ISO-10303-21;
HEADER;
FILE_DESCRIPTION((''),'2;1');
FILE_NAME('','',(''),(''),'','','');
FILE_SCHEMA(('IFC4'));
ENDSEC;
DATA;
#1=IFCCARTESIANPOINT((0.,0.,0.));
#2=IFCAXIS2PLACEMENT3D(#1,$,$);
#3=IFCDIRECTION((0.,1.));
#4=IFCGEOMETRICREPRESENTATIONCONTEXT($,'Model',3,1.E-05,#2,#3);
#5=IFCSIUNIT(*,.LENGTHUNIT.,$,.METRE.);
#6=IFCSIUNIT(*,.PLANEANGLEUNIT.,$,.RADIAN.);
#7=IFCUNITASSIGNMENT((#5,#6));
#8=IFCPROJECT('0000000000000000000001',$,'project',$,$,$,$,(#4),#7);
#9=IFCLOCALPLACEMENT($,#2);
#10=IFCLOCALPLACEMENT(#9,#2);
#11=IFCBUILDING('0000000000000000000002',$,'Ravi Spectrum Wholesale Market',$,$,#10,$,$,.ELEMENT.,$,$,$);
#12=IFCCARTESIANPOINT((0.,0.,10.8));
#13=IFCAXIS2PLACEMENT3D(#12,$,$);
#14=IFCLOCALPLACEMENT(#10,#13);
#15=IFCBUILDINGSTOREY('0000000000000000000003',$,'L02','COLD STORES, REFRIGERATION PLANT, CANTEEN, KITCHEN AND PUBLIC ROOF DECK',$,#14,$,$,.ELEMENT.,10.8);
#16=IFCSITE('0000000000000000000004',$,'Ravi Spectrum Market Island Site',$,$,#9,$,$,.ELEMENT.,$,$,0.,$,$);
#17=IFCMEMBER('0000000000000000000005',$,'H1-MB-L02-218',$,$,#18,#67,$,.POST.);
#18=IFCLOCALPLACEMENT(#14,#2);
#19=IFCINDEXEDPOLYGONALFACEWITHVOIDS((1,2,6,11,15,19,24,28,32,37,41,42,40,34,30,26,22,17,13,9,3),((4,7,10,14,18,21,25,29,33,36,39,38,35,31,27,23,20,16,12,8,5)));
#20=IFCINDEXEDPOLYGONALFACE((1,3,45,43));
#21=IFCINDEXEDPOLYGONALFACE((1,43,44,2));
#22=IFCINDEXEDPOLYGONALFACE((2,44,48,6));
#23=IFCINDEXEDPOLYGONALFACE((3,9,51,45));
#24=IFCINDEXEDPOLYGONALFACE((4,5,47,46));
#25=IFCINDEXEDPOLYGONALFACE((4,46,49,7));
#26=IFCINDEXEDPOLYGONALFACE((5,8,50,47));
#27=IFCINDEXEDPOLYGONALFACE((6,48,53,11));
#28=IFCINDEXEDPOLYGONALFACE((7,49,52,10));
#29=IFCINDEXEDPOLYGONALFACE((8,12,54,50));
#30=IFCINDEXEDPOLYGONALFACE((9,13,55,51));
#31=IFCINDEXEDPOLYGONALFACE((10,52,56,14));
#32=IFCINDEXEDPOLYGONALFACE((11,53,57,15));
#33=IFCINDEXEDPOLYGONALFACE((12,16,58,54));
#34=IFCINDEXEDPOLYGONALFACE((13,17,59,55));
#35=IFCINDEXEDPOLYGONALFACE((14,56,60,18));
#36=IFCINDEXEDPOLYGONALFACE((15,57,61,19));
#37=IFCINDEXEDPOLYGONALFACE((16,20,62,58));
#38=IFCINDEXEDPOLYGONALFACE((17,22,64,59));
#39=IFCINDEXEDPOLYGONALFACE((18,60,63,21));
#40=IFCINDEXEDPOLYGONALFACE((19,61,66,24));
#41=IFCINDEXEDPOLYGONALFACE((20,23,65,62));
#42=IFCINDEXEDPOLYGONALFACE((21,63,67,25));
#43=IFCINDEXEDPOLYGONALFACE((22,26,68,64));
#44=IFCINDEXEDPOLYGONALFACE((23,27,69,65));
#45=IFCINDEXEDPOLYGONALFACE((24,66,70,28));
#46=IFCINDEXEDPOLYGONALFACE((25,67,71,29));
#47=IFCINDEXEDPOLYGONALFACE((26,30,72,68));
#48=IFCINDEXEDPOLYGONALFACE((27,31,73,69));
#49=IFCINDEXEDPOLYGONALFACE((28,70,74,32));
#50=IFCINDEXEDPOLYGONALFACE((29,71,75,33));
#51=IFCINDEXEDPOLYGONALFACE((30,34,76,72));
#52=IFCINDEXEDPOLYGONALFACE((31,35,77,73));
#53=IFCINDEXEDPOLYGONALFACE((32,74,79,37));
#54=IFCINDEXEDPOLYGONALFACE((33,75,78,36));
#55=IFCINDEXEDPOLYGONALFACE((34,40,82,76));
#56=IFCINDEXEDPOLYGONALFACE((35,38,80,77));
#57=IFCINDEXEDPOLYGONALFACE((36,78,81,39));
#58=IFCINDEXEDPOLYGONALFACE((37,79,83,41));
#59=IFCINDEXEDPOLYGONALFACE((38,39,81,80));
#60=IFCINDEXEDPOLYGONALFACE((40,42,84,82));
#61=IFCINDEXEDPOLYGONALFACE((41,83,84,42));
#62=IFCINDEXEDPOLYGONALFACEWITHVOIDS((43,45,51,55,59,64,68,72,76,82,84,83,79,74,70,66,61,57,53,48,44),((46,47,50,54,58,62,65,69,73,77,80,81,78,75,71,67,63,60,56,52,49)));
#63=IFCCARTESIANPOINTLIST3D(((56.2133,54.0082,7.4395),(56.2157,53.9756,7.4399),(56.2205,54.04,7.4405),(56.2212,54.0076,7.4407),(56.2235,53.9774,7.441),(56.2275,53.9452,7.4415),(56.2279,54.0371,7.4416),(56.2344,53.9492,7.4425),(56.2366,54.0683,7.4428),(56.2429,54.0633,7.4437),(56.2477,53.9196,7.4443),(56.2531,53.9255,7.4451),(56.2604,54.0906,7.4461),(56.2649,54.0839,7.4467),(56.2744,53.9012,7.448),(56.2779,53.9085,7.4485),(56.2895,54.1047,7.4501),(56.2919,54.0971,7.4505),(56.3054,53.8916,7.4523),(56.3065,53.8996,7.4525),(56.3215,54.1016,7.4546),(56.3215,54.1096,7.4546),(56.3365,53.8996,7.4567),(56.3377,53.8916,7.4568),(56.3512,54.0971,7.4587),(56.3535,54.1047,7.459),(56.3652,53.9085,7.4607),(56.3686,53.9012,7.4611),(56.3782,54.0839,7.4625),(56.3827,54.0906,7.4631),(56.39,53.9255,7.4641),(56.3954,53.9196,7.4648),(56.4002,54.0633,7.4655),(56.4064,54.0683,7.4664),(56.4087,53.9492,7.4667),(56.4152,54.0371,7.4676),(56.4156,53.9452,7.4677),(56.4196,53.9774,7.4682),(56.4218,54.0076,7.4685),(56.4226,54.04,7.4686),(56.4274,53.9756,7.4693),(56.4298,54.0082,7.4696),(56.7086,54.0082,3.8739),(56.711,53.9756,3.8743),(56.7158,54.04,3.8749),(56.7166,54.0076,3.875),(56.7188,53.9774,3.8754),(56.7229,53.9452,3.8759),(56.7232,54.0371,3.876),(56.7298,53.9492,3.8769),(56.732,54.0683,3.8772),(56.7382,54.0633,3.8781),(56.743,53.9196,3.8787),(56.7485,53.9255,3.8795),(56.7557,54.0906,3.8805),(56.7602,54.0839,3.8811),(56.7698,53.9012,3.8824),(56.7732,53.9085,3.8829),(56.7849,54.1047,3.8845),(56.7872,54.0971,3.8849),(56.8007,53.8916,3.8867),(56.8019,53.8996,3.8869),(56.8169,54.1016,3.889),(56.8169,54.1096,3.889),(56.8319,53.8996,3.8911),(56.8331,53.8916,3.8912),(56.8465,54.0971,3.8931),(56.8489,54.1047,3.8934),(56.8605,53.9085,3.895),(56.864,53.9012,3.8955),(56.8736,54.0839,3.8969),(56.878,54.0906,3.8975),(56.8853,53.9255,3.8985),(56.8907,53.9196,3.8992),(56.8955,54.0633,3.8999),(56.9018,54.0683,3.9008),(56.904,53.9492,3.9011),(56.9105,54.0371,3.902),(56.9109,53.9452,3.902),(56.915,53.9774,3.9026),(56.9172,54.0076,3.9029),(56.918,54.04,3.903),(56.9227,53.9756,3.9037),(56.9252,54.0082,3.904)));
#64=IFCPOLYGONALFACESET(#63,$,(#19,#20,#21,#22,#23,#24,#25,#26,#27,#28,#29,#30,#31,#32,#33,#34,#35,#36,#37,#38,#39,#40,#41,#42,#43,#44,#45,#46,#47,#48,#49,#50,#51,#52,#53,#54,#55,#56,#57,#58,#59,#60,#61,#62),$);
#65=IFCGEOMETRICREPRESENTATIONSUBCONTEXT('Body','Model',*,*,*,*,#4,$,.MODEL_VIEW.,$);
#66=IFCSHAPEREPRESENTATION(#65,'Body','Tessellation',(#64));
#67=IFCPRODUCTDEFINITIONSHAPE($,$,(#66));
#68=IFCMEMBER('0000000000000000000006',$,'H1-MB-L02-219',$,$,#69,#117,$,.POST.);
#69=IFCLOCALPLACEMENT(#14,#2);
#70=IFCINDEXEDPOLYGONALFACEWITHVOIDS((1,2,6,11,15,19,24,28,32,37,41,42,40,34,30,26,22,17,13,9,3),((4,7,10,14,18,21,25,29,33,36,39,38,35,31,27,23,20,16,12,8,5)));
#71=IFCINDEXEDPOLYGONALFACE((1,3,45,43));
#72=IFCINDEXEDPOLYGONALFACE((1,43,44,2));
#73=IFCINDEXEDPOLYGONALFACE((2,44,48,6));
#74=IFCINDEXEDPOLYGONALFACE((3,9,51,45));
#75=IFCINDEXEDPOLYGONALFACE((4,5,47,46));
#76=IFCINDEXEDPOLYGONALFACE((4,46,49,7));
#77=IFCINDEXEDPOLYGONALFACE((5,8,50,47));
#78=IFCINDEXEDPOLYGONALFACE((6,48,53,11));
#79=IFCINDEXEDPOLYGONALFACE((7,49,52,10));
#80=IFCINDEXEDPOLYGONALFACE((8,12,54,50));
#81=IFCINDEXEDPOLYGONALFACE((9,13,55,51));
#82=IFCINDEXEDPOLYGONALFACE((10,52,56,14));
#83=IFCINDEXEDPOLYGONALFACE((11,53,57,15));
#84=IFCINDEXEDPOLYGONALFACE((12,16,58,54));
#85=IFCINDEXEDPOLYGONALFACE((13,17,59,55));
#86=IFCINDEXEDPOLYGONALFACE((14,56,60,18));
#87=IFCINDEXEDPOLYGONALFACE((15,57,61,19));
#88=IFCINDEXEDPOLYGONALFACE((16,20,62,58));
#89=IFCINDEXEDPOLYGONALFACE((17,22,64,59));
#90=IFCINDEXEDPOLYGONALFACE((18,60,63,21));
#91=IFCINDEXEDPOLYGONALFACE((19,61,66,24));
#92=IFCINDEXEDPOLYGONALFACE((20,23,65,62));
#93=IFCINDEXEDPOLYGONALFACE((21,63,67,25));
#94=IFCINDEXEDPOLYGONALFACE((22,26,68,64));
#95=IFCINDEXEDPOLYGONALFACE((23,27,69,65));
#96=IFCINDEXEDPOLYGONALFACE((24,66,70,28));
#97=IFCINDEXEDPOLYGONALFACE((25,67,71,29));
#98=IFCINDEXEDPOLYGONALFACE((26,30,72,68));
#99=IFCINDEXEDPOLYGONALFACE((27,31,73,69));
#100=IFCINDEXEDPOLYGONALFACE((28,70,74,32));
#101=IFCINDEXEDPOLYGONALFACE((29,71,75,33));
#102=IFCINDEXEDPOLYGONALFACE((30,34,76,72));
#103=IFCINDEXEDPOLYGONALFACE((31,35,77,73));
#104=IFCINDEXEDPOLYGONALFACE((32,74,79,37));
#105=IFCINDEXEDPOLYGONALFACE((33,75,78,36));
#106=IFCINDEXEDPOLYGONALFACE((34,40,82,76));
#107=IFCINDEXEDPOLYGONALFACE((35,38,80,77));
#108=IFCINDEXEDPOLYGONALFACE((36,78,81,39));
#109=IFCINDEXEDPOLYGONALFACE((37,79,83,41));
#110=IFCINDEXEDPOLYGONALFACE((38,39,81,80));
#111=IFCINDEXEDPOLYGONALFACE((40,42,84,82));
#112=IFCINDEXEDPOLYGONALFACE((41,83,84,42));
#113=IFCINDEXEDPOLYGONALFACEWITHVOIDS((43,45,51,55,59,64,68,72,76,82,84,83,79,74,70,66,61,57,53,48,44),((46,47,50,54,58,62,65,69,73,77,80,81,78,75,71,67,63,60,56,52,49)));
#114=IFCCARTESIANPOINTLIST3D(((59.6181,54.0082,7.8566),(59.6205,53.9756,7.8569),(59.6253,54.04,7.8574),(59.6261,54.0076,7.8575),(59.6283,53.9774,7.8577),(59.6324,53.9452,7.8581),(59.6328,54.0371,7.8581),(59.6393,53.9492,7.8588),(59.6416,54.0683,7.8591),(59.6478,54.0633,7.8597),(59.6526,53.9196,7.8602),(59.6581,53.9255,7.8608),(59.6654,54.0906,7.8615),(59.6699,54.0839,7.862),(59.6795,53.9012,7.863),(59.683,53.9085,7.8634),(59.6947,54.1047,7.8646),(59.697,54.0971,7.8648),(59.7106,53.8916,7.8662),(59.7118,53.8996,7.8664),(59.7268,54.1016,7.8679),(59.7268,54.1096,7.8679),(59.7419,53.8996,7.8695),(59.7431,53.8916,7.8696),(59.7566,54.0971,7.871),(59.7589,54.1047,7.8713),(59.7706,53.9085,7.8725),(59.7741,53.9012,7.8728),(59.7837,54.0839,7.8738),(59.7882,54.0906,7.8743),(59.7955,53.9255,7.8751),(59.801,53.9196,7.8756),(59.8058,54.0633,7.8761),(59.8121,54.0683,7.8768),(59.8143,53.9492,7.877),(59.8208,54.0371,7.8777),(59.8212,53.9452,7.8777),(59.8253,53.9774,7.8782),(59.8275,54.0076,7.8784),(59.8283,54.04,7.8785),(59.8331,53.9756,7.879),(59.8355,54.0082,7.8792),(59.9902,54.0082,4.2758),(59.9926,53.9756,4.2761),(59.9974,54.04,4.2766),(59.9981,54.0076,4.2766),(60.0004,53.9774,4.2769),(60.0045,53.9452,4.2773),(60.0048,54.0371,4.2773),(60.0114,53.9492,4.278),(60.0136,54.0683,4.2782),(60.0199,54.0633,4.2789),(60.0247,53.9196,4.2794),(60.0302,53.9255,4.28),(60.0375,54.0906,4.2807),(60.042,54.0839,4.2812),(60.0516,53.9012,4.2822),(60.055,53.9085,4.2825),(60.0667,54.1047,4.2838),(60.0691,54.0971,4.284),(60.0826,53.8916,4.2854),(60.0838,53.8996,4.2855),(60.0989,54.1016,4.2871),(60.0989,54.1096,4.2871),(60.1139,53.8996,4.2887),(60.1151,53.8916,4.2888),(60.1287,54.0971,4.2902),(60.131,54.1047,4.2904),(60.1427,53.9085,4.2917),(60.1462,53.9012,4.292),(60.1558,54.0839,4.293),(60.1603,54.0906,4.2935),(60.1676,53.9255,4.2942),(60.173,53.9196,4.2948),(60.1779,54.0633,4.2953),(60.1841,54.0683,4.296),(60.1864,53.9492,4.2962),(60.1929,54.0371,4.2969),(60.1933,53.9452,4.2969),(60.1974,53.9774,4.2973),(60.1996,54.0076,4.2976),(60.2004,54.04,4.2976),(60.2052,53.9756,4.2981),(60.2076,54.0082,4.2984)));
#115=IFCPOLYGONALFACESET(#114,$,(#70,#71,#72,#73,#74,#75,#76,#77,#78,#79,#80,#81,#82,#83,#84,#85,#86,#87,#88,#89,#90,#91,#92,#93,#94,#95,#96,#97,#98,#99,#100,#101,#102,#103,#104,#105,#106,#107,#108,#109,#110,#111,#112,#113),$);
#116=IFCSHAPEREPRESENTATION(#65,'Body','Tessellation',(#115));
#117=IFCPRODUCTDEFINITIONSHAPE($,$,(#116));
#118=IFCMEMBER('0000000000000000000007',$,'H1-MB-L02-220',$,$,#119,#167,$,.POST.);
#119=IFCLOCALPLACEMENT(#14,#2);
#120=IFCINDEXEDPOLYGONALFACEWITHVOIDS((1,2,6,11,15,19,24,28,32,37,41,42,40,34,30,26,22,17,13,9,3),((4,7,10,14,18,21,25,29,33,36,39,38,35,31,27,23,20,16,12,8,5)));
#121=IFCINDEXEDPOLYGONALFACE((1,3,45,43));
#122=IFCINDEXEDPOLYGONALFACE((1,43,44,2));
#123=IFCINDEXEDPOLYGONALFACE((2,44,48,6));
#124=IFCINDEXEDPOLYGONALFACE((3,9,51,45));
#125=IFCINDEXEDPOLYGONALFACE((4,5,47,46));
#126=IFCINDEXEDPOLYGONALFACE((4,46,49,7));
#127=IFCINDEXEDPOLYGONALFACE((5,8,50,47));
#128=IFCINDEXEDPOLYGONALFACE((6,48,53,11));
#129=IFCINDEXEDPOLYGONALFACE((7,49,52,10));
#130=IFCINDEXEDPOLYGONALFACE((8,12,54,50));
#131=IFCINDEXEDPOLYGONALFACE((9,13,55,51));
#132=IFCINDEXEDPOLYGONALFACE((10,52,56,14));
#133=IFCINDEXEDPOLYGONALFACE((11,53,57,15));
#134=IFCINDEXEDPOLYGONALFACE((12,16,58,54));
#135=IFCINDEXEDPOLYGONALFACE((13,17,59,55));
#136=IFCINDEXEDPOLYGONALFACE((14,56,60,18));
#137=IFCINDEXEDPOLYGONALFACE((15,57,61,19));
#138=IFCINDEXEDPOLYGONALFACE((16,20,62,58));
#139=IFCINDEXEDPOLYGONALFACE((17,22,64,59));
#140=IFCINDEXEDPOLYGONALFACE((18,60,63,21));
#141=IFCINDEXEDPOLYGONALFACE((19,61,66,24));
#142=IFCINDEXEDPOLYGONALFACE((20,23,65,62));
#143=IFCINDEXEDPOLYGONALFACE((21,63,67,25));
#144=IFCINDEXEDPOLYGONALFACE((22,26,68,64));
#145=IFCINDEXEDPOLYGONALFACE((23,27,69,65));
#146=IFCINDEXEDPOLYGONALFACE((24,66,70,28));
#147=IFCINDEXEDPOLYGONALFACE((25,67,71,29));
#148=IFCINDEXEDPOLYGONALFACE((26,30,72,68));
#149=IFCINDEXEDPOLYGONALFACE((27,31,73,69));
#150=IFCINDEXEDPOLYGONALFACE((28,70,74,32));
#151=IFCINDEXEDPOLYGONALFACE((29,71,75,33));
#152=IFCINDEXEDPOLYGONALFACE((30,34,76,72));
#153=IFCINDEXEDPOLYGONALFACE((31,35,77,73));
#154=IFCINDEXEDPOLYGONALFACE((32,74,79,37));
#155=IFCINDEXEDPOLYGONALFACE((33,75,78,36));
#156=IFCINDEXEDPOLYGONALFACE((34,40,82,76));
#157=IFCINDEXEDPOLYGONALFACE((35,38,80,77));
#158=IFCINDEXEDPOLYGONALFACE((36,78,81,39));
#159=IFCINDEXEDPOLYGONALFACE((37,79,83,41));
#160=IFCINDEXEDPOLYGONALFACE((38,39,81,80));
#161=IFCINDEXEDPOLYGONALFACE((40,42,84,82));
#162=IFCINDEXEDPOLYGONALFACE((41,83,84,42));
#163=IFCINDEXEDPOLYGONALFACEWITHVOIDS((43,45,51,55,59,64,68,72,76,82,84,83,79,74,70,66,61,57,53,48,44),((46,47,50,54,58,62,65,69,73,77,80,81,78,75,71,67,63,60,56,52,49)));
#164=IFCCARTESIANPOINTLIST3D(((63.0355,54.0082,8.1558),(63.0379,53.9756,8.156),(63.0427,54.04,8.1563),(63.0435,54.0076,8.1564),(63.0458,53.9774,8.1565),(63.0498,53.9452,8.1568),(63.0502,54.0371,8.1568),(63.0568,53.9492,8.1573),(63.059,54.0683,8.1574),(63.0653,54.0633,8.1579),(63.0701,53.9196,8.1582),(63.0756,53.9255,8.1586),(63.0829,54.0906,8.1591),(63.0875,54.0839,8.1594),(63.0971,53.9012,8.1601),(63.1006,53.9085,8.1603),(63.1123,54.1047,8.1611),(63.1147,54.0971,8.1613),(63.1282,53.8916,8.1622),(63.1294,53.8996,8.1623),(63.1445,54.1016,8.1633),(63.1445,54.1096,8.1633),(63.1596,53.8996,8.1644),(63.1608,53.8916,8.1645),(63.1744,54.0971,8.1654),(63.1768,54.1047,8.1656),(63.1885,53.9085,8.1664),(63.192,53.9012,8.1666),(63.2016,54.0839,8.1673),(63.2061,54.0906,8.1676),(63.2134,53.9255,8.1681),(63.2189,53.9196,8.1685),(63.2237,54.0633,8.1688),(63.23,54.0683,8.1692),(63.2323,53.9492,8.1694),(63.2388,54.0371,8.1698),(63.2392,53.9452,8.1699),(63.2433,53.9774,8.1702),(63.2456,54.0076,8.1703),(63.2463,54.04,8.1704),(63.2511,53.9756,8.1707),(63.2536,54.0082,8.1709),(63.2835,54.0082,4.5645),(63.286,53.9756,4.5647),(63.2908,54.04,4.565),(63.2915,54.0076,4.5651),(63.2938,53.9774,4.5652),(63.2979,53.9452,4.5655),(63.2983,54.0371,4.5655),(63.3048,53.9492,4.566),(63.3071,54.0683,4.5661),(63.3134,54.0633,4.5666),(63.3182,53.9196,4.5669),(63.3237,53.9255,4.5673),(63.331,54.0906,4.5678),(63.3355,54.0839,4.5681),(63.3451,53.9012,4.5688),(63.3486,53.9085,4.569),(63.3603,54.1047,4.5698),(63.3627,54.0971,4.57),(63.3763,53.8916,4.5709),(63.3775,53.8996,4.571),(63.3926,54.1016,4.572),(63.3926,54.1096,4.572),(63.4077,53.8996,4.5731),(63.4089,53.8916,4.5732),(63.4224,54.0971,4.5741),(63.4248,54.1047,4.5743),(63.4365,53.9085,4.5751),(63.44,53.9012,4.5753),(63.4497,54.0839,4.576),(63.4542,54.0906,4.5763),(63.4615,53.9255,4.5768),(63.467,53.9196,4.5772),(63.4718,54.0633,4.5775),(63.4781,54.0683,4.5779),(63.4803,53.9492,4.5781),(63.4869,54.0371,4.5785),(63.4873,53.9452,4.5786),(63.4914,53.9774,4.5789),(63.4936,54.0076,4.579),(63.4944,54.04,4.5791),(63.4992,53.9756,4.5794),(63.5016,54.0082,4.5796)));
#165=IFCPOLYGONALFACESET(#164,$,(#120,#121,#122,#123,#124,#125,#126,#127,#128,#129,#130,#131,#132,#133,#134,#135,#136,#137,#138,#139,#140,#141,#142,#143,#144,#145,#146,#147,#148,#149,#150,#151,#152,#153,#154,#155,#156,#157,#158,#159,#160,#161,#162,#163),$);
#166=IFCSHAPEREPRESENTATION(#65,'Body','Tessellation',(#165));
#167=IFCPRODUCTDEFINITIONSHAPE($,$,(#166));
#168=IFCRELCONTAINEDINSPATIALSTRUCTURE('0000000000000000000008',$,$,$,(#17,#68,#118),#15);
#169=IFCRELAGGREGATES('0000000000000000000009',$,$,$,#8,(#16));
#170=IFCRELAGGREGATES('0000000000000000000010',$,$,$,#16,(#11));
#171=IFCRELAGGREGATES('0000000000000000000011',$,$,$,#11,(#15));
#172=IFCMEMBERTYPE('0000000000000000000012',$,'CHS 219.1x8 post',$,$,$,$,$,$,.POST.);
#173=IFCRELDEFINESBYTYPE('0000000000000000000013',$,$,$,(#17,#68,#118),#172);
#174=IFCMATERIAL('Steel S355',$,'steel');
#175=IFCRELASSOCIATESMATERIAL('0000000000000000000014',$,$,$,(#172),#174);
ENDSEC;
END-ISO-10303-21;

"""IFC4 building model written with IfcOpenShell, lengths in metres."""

from ifc_helpers import new_model, si_unit, direction, frame, origin, origin_2d, place, context, subcontext, project, spatial, hollow_circle, extrude, material, material_profile, profile_set, type_object, element, save


model = new_model("IFC4")

# Units and contexts
model_context = context("Model", 3, precision=1e-05, world=origin(), true_north=direction((0.0, 1.0)))
body_context = subcontext(model_context, "Body", "Model", "MODEL_VIEW")
ifc_project = project(units=[si_unit("LENGTHUNIT", "METRE"), si_unit("PLANEANGLEUNIT", "RADIAN")], contexts=[model_context])

# Site, building, storey
site_placement = place(None, origin())
site = spatial("IfcSite", under=ifc_project, at=site_placement, Name="Ravi Spectrum Market Island Site", CompositionType="ELEMENT", RefElevation=0.0)
building_placement = place(site_placement, origin())
building = spatial("IfcBuilding", under=site, at=building_placement, Name="Ravi Spectrum Wholesale Market", CompositionType="ELEMENT")
storey_placement = place(building_placement, frame((0.0, 0.0, 10.8)))
storey = spatial("IfcBuildingStorey", under=building, at=storey_placement, Name="L02", Description="COLD STORES, REFRIGERATION PLANT, CANTEEN, KITCHEN AND PUBLIC ROOF DECK", CompositionType="ELEMENT", Elevation=10.8)

# Members
ifc_material_1 = material(Name="Steel S355", Category="steel")
ifc_material_profile_1 = material_profile(ifc_material_1, hollow_circle(Radius=0.1096, WallThickness=0.0081, at=origin_2d()))
ifc_profile_set_1 = profile_set([ifc_material_profile_1], Name="Steel S355")
member_type_1 = type_object("IfcMemberType", Name="CHS 219.1x8 post", PredefinedType="POST", material=ifc_profile_set_1)
member_1_placement = place(storey_placement, frame((56.3215, 54.0, 7.4546), z_axis=(0.137603, 0.0, -0.990487), x_axis=(0.0, 1.0, 0.0)))
element("IfcMember", 1, at=member_1_placement, inside=storey, type_object=member_type_1, Name="H1-MB-L02-218", PredefinedType="POST", context=body_context, shape_type="SweptSolid", body=[
    extrude(hollow_circle(Radius=0.1096, WallThickness=0.0081, at=origin_2d()), origin(), (0.0, 0.0, 1.0), 3.5999),
])
member_2_placement = place(storey_placement, frame((59.7268, 54.0, 7.8679), z_axis=(0.10335, 0.0, -0.994645), x_axis=(0.0, 1.0, 0.0)))
element("IfcMember", 2, at=member_2_placement, inside=storey, type_object=member_type_1, Name="H1-MB-L02-219", PredefinedType="POST", context=body_context, shape_type="SweptSolid", body=[
    extrude(hollow_circle(Radius=0.1096, WallThickness=0.0081, at=origin_2d()), origin(), (0.0, 0.0, 1.0), 3.6001),
])
member_3_placement = place(storey_placement, frame((63.1445, 54.0, 8.1633), z_axis=(0.068905, 0.0, -0.997623), x_axis=(0.0, 1.0, 0.0)))
element("IfcMember", 3, at=member_3_placement, inside=storey, type_object=member_type_1, Name="H1-MB-L02-220", PredefinedType="POST", context=body_context, shape_type="SweptSolid", body=[
    extrude(hollow_circle(Radius=0.1096, WallThickness=0.0081, at=origin_2d()), origin(), (0.0, 0.0, 1.0), 3.5999),
])

save(model, "model.ifc")
